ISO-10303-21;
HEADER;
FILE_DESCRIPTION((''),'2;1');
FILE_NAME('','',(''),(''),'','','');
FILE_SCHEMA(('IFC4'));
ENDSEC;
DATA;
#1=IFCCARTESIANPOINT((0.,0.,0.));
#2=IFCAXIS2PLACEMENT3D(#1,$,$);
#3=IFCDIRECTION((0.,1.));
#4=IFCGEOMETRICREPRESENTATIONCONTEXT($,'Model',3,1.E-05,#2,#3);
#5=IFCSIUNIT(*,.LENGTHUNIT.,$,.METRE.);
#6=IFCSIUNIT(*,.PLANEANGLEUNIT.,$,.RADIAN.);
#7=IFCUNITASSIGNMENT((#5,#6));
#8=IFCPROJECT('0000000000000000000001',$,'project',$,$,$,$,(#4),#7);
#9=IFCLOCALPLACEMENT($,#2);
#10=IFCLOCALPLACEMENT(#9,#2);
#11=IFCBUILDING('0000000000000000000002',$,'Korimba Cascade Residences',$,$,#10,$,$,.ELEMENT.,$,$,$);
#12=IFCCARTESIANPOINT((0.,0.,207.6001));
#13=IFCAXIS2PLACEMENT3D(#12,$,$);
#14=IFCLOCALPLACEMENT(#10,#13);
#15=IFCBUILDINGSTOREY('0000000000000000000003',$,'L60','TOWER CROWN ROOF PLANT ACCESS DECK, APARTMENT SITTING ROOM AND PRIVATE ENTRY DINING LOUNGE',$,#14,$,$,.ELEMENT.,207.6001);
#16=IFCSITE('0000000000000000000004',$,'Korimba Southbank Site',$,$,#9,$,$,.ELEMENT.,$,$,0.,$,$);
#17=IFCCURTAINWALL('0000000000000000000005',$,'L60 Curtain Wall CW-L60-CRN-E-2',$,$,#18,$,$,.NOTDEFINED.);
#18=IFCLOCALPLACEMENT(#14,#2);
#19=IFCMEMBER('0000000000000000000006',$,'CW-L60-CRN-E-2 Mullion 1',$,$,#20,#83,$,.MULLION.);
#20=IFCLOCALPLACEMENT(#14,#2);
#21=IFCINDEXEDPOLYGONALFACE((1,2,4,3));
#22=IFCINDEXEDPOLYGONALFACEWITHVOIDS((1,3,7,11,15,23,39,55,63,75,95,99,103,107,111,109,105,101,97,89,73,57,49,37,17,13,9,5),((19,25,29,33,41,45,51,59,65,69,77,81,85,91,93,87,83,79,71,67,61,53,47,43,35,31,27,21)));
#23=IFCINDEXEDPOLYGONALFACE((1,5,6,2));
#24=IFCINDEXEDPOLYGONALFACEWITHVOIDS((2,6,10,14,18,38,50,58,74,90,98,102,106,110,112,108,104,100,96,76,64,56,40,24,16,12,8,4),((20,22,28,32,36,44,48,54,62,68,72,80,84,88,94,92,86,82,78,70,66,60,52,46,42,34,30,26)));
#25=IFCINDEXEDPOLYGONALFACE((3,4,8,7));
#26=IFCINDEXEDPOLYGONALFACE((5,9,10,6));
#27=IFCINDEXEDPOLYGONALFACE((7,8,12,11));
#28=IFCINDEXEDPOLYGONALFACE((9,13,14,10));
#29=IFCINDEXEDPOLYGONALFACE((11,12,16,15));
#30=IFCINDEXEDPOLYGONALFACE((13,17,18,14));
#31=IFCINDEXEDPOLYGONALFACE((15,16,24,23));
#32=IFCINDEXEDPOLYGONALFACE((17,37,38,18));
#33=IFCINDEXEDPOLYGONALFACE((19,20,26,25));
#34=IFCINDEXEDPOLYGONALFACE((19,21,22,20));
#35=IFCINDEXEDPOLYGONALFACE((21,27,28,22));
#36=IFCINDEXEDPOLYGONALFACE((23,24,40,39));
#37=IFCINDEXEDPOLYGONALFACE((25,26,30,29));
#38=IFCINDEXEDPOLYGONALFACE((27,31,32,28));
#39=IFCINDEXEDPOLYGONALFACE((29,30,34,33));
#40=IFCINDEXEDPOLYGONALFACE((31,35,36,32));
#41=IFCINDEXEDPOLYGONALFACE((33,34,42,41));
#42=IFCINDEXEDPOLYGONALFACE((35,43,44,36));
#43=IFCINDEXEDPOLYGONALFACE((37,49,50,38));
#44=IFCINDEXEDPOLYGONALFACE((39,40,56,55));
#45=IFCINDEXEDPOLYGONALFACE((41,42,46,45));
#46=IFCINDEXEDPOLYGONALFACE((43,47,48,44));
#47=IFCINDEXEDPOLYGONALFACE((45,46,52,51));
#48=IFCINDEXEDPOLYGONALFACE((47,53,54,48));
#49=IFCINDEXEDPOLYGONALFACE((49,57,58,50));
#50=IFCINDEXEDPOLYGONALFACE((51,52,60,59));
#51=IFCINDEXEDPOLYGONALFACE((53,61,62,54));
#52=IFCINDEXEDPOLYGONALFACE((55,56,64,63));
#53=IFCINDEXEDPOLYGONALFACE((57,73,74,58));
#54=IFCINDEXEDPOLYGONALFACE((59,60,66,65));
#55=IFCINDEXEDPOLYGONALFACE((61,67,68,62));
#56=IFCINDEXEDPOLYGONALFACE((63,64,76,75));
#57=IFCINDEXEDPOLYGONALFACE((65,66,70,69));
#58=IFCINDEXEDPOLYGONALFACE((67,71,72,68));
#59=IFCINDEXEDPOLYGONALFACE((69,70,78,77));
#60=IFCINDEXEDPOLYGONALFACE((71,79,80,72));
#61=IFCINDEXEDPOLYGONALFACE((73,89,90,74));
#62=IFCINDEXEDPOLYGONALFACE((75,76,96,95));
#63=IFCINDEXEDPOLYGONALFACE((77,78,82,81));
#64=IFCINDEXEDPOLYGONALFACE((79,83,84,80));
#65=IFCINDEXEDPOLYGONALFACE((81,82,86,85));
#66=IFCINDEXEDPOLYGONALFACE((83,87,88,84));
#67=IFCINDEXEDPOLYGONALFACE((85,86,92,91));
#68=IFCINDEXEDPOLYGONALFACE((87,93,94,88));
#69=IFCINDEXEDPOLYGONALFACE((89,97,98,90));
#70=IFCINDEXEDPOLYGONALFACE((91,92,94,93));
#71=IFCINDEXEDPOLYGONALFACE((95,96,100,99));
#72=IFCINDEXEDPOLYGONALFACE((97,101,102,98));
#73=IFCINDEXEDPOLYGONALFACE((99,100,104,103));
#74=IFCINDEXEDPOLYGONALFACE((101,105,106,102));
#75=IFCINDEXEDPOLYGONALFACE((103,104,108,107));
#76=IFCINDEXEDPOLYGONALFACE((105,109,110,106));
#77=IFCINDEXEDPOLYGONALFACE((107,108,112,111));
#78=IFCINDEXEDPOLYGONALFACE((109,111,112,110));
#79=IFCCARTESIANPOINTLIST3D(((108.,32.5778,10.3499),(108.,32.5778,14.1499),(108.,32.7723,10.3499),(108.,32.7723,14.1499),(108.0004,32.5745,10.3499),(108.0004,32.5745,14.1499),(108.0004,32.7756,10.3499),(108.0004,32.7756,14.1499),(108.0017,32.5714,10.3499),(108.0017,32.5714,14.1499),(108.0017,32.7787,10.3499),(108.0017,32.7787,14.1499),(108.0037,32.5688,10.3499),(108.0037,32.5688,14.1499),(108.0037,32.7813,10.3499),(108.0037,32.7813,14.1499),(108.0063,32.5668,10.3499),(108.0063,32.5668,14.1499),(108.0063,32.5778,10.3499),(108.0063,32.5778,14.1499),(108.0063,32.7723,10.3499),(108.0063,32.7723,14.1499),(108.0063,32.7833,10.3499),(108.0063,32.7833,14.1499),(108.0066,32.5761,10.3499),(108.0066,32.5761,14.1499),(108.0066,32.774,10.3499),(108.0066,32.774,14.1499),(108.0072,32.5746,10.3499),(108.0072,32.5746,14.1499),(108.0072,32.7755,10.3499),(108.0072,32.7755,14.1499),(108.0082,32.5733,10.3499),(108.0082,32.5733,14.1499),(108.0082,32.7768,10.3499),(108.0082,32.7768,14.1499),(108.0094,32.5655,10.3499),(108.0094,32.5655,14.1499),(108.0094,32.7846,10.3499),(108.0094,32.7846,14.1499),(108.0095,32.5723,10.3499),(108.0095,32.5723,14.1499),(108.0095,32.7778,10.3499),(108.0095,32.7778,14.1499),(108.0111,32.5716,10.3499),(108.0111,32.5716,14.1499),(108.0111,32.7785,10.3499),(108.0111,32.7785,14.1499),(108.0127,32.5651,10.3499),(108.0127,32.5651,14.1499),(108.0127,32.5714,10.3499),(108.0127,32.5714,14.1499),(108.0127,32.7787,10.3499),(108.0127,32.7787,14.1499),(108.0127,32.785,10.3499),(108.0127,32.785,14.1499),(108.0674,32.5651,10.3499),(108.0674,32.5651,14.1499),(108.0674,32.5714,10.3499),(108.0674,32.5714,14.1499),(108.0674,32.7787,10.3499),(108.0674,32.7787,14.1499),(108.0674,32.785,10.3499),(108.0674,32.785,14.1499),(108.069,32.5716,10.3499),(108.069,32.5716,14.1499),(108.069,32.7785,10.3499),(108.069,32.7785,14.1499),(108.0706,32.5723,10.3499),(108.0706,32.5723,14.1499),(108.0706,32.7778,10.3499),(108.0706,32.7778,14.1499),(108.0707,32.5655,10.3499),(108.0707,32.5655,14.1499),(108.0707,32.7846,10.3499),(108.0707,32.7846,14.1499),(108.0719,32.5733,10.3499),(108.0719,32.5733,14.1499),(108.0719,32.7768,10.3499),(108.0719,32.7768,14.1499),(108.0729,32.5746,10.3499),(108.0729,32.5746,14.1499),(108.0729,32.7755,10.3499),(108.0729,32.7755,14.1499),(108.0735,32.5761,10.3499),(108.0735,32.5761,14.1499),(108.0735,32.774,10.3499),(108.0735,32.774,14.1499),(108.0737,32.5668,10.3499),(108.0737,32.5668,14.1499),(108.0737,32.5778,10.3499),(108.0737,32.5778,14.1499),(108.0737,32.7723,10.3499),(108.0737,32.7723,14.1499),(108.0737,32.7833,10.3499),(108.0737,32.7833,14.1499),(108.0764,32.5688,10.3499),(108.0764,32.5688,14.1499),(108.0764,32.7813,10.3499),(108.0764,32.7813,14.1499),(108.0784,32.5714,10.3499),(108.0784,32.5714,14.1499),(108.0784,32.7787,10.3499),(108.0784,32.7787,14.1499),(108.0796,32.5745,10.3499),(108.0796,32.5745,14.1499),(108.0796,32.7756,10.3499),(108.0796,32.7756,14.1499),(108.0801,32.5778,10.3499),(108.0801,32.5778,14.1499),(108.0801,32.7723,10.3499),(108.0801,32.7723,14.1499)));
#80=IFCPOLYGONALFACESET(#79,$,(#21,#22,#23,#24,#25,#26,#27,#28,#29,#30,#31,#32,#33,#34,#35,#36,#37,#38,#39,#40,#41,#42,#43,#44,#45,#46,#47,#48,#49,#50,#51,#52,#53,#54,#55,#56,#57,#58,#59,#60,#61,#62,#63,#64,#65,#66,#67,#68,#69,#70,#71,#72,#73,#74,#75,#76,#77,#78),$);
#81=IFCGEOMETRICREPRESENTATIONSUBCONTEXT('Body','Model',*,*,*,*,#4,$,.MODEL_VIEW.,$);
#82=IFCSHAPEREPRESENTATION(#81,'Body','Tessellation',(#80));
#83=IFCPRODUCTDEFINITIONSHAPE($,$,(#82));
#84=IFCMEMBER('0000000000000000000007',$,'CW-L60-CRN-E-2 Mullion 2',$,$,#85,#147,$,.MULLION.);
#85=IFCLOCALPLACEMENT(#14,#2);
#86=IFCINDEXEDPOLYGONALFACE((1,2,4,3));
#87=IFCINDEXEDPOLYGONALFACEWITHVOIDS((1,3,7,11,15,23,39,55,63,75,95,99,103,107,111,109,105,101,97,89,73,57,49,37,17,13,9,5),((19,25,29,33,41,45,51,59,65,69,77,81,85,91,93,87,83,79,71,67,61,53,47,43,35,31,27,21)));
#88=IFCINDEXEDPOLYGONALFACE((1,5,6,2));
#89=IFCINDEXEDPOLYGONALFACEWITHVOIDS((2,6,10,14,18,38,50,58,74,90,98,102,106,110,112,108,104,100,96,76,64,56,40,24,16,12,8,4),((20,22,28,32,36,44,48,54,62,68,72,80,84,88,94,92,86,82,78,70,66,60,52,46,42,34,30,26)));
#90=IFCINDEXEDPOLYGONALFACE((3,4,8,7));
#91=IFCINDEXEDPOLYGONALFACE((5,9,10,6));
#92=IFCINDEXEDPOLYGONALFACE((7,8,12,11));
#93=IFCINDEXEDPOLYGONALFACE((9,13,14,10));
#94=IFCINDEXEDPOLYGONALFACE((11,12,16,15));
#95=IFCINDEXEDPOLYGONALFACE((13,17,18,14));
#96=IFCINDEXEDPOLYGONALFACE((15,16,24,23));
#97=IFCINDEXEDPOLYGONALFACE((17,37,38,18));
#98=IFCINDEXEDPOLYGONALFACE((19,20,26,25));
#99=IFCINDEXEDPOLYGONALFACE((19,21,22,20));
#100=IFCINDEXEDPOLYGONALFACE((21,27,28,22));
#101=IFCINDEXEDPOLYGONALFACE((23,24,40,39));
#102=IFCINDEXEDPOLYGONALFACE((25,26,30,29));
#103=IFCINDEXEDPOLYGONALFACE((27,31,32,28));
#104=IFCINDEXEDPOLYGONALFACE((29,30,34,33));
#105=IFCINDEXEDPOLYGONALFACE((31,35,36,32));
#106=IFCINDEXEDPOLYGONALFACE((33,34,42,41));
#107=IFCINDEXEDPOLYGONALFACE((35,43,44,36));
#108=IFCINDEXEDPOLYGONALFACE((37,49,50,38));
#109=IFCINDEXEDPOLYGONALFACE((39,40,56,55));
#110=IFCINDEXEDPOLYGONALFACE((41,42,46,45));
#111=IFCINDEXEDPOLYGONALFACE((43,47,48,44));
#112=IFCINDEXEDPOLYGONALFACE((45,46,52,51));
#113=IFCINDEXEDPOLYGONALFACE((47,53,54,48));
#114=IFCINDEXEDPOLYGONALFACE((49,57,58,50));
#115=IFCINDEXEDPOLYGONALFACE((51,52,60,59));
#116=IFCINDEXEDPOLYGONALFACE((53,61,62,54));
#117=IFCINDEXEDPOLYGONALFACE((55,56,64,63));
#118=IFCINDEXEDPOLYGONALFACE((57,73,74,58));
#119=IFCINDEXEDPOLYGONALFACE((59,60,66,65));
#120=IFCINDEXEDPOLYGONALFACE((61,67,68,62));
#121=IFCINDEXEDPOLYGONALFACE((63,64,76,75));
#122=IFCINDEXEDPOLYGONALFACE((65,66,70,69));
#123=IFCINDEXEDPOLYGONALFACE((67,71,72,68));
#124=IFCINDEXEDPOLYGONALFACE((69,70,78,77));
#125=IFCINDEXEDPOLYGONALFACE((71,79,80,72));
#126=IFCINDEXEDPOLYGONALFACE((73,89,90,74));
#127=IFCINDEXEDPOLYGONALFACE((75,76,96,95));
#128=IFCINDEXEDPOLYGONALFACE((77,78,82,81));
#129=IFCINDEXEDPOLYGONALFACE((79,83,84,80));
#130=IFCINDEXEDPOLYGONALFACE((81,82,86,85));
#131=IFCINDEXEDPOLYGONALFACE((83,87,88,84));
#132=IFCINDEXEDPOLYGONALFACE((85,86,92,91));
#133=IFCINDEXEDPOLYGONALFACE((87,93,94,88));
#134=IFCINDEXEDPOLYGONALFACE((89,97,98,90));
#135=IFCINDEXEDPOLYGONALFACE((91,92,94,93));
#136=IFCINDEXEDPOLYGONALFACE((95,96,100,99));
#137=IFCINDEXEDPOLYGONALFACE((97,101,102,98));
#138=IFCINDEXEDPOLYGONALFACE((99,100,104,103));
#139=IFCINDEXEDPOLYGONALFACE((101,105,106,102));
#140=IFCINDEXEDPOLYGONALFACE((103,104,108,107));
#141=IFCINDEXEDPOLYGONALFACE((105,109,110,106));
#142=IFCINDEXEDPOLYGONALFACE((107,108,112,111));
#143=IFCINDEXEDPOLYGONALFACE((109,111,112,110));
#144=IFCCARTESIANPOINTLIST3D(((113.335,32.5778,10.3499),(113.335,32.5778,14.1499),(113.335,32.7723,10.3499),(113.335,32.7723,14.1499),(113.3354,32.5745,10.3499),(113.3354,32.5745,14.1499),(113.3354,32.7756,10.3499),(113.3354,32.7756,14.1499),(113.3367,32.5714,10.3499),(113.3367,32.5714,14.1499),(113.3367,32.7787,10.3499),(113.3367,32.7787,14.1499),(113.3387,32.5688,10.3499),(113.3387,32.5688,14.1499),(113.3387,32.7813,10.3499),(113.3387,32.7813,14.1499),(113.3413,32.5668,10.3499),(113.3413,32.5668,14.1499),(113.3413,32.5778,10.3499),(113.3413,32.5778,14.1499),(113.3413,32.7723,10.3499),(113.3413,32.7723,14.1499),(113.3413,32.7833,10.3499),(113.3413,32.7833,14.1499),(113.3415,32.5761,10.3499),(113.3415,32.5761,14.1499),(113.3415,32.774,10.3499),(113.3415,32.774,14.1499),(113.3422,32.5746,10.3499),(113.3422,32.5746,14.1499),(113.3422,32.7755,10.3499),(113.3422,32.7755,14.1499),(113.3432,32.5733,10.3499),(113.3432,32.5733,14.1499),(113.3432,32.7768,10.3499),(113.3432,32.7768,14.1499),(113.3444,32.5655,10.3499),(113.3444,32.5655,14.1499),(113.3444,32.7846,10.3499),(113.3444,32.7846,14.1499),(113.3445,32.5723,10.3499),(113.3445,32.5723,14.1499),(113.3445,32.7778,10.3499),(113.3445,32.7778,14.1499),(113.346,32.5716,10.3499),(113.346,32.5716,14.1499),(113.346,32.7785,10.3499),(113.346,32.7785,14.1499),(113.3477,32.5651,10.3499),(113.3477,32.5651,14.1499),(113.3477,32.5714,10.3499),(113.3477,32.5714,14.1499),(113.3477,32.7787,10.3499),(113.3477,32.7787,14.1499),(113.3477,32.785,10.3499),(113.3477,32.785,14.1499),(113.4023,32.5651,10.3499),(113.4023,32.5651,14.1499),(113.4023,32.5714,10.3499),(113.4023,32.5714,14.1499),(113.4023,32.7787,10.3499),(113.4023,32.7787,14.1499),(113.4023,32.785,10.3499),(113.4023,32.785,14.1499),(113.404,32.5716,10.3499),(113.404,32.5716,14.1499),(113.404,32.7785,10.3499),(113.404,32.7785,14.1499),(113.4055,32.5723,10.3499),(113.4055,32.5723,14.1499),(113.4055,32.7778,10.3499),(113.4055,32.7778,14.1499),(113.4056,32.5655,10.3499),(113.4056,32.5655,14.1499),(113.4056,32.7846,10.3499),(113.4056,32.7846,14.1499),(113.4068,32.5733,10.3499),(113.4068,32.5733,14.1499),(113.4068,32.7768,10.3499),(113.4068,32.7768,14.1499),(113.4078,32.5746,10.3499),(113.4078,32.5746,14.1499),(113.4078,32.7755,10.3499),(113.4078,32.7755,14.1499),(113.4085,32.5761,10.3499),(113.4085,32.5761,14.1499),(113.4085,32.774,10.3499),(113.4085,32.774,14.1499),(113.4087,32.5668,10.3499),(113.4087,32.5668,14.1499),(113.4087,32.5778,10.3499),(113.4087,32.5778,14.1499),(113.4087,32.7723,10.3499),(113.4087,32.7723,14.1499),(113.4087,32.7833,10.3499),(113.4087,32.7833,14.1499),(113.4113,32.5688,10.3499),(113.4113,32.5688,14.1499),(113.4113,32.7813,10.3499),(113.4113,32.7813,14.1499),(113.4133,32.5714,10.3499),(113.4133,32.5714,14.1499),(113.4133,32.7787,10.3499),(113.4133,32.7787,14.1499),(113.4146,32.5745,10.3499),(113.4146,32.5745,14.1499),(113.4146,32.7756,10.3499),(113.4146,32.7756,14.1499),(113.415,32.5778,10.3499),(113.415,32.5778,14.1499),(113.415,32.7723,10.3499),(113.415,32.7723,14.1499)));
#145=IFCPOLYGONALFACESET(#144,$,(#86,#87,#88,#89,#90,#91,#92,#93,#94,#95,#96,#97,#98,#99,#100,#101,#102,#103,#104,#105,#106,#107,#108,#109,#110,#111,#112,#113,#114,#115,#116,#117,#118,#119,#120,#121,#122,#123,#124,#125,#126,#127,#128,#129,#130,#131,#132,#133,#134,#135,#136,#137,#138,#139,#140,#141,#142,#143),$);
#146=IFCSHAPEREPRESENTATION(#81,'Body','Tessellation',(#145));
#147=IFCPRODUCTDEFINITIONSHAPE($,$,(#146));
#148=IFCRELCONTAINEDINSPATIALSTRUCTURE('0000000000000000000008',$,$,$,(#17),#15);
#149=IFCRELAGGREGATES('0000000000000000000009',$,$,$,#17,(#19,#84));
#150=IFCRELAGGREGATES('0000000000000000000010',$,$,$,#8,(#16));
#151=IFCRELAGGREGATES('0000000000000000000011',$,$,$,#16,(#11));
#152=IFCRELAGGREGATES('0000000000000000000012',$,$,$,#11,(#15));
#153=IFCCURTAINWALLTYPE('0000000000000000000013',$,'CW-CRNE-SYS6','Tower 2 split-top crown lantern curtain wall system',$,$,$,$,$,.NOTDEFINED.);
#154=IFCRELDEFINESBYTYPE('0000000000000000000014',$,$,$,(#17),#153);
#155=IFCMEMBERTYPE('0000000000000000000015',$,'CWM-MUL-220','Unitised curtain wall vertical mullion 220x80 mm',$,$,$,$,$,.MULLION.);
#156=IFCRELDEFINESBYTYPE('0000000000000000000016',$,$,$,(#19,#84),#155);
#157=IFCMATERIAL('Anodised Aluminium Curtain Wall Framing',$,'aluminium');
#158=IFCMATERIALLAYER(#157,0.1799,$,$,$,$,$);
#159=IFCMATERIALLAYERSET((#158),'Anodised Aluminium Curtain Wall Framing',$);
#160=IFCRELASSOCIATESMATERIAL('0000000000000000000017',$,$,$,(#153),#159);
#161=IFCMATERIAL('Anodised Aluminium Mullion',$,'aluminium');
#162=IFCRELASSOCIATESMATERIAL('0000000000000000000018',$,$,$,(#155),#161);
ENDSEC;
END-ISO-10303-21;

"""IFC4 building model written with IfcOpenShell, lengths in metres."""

from ifc_helpers import new_model, si_unit, direction, frame, origin, origin_2d, place, context, subcontext, project, spatial, hollow_rectangle, extrude, material, layer, layer_set, material_profile, profile_set, type_object, element, aggregate, save


model = new_model("IFC4")

# Units and contexts
model_context = context("Model", 3, precision=1e-05, world=origin(), true_north=direction((0.0, 1.0)))
body_context = subcontext(model_context, "Body", "Model", "MODEL_VIEW")
ifc_project = project(units=[si_unit("LENGTHUNIT", "METRE"), si_unit("PLANEANGLEUNIT", "RADIAN")], contexts=[model_context])

# Site, building, storey
site_placement = place(None, origin())
site = spatial("IfcSite", under=ifc_project, at=site_placement, Name="Korimba Southbank Site", CompositionType="ELEMENT", RefElevation=0.0)
building_placement = place(site_placement, origin())
building = spatial("IfcBuilding", under=site, at=building_placement, Name="Korimba Cascade Residences", CompositionType="ELEMENT")
storey_placement = place(building_placement, frame((0.0, 0.0, 207.6001)))
storey = spatial("IfcBuildingStorey", under=building, at=storey_placement, Name="L60", Description="TOWER CROWN ROOF PLANT ACCESS DECK, APARTMENT SITTING ROOM AND PRIVATE ENTRY DINING LOUNGE", CompositionType="ELEMENT", Elevation=207.6001)

# Curtain wall, members
ifc_material_1 = material(Name="Anodised Aluminium Curtain Wall Framing", Category="aluminium")
ifc_layer_1 = layer(ifc_material_1, 0.1799)
ifc_layer_set_1 = layer_set([ifc_layer_1], Name="Anodised Aluminium Curtain Wall Framing")
curtain_wall_type = type_object("IfcCurtainWallType", Name="CW-CRNE-SYS6", Description="Tower 2 split-top crown lantern curtain wall system", PredefinedType="NOTDEFINED", material=ifc_layer_set_1)
curtain_wall_placement = place(storey_placement, origin())
curtain_wall = element("IfcCurtainWall", 1, at=curtain_wall_placement, inside=storey, type_object=curtain_wall_type, Name="L60 Curtain Wall CW-L60-CRN-E-2", PredefinedType="NOTDEFINED")
ifc_material_2 = material(Name="Anodised Aluminium Mullion", Category="aluminium")
ifc_material_profile_1 = material_profile(ifc_material_2, hollow_rectangle(XDim=0.0801, YDim=0.22, WallThickness=0.0063, InnerFilletRadius=0.0063, OuterFilletRadius=0.0127, at=origin_2d()), Name="Anodised Aluminium Mullion")
ifc_profile_set_1 = profile_set([ifc_material_profile_1], Name="Anodised Aluminium Mullion")
member_type_1 = type_object("IfcMemberType", Name="CWM-MUL-220", Description="Unitised curtain wall vertical mullion 220x80 mm", PredefinedType="MULLION", material=ifc_profile_set_1)
member_1_placement = place(storey_placement, frame((108.04, 32.675, 10.3499), z_axis=(0.0, 0.0, 1.0), x_axis=(1.0, 0.0, 0.0)))
member_1 = element("IfcMember", 2, at=member_1_placement, type_object=member_type_1, Name="CW-L60-CRN-E-2 Mullion 1", PredefinedType="MULLION", context=body_context, shape_type="SweptSolid", body=[
    extrude(hollow_rectangle(XDim=0.0801, YDim=0.22, WallThickness=0.0063, InnerFilletRadius=0.0063, OuterFilletRadius=0.0127, at=origin_2d()), origin(), (0.0, 0.0, 1.0), 3.8),
])
member_2_placement = place(storey_placement, frame((113.375, 32.675, 10.3499), z_axis=(0.0, 0.0, 1.0), x_axis=(1.0, 0.0, 0.0)))
member_2 = element("IfcMember", 3, at=member_2_placement, type_object=member_type_1, Name="CW-L60-CRN-E-2 Mullion 2", PredefinedType="MULLION", context=body_context, shape_type="SweptSolid", body=[
    extrude(hollow_rectangle(XDim=0.0801, YDim=0.22, WallThickness=0.0063, InnerFilletRadius=0.0063, OuterFilletRadius=0.0127, at=origin_2d()), origin(), (0.0, 0.0, 1.0), 3.8),
])

aggregate(curtain_wall, [member_1, member_2])

save(model, "model.ifc")
